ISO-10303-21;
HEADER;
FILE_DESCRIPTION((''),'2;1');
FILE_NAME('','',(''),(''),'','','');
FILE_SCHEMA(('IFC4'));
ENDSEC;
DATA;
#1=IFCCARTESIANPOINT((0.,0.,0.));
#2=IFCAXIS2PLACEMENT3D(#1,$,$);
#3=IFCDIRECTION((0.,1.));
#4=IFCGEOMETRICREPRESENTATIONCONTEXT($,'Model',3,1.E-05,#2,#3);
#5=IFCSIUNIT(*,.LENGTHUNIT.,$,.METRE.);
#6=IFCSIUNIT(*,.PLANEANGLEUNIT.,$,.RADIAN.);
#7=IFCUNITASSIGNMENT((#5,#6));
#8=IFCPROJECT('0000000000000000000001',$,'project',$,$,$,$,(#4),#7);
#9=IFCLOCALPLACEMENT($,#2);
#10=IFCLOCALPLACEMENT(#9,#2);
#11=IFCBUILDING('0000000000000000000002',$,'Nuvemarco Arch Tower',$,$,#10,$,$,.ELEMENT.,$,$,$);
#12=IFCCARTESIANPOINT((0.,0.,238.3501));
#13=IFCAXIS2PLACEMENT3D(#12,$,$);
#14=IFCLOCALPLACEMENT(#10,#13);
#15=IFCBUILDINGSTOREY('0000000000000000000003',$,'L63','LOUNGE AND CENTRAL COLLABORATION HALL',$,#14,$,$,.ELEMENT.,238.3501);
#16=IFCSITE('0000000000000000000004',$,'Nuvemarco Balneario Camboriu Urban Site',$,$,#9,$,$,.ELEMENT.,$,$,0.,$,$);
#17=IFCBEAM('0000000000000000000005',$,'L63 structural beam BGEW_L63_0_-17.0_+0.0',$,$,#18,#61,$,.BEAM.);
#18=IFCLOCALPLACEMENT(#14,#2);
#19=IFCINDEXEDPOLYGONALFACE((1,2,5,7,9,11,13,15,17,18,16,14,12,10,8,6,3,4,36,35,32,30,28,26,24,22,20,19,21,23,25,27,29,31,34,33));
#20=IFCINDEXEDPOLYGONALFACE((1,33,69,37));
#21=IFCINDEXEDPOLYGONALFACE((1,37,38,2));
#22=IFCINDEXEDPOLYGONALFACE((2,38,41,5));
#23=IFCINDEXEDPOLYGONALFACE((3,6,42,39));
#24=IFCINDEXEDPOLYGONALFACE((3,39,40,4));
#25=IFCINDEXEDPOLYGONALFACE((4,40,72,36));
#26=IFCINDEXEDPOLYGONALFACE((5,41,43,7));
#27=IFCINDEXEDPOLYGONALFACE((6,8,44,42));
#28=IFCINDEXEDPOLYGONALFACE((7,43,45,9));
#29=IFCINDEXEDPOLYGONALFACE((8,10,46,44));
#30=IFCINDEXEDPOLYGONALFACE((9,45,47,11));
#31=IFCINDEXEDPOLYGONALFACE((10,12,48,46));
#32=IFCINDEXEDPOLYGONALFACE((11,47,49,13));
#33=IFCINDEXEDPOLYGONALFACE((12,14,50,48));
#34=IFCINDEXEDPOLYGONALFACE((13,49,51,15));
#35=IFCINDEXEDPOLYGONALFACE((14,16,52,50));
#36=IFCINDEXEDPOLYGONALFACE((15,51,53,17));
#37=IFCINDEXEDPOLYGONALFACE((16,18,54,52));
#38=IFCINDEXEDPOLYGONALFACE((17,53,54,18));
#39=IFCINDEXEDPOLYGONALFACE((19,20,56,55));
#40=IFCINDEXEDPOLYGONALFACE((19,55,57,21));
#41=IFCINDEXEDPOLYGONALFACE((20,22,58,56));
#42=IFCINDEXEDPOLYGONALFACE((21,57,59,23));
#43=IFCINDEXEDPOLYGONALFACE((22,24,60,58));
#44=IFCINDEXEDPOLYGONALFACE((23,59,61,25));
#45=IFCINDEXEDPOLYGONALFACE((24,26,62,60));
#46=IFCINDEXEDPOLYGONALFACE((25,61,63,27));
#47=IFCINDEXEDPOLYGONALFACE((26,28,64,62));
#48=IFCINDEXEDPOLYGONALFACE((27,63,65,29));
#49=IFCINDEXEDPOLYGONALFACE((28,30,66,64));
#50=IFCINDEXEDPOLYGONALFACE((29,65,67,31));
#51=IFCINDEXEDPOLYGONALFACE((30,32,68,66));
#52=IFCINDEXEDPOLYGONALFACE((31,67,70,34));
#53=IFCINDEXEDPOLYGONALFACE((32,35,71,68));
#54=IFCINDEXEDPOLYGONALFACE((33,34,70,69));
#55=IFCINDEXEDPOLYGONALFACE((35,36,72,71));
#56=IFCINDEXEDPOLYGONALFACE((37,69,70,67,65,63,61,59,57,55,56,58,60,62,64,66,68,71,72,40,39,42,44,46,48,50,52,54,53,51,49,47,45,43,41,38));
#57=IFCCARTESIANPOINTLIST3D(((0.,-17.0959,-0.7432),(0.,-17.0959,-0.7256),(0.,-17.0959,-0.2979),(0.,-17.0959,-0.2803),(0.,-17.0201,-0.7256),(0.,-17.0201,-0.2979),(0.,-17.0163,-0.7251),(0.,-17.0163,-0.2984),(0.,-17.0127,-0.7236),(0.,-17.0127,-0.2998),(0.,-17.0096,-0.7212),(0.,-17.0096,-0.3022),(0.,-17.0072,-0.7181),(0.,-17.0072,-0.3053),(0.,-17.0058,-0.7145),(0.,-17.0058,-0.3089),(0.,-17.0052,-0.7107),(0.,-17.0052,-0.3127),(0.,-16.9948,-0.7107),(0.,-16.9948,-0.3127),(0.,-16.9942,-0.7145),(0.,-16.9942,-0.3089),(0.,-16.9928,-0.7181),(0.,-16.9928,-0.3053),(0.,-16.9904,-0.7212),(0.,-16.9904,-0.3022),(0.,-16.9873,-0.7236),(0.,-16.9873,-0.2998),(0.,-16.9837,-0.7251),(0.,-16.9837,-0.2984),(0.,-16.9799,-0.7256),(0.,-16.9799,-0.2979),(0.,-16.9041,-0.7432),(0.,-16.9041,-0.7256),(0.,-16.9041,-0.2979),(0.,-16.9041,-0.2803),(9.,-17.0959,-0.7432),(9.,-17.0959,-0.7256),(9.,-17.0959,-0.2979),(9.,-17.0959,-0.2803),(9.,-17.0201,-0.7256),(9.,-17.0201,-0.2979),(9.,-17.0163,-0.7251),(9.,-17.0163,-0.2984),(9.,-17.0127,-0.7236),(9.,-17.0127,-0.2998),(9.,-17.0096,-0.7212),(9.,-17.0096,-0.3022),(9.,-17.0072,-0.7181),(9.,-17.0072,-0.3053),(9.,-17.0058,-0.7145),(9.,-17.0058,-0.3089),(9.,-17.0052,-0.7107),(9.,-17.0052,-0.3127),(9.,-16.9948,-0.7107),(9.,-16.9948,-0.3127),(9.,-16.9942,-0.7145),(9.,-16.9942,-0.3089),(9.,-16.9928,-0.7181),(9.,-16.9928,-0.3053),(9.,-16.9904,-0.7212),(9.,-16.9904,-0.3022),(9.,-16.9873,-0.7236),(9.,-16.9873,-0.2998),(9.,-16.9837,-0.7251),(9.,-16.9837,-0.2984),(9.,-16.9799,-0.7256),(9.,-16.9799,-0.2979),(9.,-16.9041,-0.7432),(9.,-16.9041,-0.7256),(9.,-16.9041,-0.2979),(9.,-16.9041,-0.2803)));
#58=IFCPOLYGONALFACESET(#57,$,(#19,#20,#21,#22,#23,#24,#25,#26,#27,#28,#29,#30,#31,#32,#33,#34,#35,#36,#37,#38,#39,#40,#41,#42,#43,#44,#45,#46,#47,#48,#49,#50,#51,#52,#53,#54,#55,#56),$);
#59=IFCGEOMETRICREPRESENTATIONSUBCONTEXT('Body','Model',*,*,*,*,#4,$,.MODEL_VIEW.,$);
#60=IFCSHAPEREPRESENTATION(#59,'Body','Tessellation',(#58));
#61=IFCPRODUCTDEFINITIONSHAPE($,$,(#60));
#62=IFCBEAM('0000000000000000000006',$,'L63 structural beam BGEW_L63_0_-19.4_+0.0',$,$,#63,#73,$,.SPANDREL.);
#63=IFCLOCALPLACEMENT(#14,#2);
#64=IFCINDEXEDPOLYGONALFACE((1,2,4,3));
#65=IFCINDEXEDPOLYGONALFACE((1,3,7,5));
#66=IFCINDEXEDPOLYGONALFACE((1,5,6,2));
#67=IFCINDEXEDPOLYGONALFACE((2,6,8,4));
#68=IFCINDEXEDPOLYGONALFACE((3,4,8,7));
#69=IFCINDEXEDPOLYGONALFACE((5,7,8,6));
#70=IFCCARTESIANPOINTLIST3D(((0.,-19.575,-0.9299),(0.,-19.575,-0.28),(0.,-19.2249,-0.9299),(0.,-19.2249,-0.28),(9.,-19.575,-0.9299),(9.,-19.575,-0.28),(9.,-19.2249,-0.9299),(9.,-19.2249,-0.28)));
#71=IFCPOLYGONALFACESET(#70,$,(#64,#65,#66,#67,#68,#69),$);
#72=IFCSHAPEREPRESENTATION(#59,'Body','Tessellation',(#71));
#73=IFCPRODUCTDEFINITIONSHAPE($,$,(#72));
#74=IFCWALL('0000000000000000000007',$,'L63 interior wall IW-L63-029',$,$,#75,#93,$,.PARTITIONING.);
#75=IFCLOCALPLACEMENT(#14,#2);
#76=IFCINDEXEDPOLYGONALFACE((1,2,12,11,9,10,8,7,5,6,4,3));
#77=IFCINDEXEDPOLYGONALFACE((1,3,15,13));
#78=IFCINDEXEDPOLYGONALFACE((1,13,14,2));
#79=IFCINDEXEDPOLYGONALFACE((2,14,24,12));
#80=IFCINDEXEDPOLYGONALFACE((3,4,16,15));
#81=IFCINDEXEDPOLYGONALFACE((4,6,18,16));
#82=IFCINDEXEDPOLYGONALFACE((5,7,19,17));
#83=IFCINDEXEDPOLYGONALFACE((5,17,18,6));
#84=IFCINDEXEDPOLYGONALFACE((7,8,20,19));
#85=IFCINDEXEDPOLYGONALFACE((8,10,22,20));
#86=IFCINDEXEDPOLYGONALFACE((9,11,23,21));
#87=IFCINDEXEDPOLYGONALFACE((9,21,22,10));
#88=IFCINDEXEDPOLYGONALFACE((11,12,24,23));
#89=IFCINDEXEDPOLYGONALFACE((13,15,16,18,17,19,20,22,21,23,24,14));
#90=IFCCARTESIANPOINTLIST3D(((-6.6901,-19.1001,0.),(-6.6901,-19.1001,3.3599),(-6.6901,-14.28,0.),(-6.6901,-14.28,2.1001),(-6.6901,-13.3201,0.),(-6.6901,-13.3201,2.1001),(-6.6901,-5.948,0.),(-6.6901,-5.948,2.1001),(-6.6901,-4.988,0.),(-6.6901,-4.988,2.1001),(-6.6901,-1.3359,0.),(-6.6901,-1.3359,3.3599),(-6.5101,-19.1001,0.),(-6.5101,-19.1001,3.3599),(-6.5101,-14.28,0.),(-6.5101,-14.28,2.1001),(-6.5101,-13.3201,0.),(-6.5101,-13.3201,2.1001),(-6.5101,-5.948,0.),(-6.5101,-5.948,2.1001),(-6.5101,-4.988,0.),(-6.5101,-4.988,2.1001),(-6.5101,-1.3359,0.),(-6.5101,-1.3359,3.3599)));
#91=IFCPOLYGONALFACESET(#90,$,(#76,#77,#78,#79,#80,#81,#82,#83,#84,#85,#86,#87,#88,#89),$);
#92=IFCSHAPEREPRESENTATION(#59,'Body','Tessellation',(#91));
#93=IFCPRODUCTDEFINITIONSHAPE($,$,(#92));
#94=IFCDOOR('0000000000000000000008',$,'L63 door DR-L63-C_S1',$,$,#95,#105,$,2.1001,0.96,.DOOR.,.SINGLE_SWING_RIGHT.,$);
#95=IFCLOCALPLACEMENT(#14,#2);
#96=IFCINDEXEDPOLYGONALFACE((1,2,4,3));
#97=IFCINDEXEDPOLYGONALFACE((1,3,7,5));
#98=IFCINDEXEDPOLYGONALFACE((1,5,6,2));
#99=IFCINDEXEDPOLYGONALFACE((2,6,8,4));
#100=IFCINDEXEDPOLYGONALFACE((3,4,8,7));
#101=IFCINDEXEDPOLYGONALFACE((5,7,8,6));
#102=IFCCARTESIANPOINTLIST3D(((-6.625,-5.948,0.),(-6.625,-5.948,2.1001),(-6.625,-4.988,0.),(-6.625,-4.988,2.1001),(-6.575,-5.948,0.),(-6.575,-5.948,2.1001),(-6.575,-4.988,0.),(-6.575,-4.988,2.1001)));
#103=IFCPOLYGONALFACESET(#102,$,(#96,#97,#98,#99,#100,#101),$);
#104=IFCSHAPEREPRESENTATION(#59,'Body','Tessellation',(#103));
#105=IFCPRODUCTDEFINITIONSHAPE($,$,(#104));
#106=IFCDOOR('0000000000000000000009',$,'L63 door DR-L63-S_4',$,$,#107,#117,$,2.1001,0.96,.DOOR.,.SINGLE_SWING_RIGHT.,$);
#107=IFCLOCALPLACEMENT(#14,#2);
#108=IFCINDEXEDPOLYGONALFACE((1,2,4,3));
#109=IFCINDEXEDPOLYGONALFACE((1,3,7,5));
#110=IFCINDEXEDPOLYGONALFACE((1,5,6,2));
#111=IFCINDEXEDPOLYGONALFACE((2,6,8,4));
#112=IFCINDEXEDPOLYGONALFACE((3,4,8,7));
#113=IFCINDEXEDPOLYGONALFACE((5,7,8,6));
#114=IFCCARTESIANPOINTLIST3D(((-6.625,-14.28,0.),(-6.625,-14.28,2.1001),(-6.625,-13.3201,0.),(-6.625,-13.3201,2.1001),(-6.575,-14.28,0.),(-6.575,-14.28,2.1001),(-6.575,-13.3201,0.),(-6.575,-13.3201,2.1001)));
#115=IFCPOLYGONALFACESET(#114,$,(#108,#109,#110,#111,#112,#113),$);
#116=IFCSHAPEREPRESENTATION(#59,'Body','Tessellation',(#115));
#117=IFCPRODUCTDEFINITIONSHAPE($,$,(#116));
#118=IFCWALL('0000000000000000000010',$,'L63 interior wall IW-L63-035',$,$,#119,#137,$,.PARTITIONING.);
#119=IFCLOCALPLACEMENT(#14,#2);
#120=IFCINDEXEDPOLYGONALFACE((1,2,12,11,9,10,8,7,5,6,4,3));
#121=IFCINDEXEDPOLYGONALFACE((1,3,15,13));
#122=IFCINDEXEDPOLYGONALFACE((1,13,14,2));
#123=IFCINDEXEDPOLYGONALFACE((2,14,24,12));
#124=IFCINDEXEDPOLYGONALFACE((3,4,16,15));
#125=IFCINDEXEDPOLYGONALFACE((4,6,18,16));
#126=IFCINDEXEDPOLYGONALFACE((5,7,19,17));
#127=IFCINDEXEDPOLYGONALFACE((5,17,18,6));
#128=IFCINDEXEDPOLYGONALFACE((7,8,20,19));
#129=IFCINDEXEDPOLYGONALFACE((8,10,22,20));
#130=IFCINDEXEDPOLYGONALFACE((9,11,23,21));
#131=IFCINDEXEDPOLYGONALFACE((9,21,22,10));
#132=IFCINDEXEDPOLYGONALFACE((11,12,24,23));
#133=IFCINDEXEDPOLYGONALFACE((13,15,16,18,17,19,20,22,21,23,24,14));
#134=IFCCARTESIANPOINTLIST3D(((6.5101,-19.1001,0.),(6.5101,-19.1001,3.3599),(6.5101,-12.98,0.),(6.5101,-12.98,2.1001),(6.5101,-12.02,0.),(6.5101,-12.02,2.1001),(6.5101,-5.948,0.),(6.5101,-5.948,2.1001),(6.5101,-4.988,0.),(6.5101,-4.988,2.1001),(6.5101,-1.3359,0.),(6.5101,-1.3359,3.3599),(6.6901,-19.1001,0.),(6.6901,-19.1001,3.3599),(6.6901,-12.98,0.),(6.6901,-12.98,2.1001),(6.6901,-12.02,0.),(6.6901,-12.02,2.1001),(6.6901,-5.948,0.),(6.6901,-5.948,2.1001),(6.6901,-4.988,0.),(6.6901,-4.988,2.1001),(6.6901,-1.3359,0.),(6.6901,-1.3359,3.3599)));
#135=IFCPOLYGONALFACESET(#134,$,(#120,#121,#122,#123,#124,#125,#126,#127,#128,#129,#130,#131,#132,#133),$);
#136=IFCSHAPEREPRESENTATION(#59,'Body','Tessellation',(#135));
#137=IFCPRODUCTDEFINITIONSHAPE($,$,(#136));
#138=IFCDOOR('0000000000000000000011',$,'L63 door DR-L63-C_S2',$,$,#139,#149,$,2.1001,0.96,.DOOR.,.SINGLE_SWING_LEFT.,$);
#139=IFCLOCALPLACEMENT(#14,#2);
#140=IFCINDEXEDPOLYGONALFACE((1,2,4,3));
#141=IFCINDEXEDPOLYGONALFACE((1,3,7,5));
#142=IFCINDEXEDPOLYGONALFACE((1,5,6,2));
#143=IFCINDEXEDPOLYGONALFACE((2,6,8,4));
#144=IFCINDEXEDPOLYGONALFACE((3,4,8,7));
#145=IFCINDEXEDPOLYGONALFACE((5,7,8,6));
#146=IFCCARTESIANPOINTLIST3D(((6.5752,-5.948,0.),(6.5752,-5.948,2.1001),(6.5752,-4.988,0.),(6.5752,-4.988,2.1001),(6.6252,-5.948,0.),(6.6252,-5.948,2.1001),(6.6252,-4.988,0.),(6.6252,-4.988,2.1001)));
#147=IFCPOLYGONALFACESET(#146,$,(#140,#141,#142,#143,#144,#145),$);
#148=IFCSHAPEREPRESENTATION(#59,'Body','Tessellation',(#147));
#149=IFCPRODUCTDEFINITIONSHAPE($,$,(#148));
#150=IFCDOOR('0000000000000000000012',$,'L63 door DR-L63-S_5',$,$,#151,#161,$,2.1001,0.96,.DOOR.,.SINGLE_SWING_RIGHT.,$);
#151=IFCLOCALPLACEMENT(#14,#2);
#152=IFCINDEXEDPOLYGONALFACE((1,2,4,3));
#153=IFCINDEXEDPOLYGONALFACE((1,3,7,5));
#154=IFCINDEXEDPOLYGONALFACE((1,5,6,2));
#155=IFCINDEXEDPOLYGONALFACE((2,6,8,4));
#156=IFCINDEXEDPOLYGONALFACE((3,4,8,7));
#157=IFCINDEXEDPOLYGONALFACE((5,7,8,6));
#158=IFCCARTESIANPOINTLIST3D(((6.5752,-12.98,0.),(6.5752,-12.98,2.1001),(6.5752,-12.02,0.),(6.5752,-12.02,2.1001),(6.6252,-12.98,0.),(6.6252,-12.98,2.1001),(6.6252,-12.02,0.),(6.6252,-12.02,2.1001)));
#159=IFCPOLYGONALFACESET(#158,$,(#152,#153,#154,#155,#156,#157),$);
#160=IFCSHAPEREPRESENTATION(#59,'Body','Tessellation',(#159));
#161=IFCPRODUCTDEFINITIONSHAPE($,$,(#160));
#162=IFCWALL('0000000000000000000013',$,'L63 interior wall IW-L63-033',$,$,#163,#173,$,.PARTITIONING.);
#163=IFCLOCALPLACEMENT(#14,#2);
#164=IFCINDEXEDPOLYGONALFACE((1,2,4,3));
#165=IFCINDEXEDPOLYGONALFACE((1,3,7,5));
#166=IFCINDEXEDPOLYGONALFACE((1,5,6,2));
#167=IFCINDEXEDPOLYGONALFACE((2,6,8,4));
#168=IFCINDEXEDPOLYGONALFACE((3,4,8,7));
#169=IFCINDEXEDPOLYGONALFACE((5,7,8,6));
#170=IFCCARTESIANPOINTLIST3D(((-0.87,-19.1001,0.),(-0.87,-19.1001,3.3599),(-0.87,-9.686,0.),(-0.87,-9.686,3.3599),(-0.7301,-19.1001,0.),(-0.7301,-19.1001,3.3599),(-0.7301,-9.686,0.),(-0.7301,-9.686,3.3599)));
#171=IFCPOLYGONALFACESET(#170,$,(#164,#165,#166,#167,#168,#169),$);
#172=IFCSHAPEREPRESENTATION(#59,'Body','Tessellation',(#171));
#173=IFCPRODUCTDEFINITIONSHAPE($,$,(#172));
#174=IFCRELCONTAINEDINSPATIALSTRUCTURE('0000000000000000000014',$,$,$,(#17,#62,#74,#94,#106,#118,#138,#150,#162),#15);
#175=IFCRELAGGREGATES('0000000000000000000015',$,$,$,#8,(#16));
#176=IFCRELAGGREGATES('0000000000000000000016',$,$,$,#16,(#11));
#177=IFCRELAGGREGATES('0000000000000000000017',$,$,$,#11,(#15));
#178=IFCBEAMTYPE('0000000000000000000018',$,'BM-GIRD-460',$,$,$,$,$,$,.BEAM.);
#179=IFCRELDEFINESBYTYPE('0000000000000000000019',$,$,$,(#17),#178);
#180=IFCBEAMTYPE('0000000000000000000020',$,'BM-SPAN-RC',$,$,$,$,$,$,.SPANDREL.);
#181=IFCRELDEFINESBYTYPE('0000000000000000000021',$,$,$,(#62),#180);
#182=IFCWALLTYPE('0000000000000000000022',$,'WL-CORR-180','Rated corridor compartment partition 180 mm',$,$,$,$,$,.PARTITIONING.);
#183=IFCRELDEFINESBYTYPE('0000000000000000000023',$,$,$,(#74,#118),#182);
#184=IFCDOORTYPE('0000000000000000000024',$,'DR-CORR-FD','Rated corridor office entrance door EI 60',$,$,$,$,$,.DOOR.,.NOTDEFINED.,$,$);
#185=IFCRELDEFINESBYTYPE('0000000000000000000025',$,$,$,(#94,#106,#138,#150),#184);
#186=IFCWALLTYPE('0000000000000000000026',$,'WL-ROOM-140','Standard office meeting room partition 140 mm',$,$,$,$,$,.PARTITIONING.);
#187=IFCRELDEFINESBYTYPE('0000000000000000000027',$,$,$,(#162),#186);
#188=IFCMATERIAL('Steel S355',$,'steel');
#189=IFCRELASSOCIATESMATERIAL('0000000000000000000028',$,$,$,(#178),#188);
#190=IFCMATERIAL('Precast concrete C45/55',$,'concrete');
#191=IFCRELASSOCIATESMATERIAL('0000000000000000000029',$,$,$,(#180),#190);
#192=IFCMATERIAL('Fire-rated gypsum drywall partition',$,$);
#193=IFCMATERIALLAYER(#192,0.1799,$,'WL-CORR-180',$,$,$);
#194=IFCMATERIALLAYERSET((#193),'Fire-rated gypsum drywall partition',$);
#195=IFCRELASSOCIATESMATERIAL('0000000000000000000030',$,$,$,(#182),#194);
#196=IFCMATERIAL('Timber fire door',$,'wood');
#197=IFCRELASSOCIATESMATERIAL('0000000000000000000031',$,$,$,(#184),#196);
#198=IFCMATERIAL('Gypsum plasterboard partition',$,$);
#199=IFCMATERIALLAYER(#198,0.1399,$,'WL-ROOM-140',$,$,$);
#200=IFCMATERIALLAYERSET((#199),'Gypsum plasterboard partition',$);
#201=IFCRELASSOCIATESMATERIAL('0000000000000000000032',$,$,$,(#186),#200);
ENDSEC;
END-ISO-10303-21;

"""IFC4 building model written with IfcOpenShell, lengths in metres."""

from ifc_helpers import new_model, si_unit, direction, frame, frame_2d, origin, origin_2d, place, context, subcontext, project, spatial, rectangle, i_section, extrude, source, transform, mapped, material, layer, layer_set, material_profile, profile_set, type_object, type_shapes, element, fill, save


model = new_model("IFC4")

# Units and contexts
model_context = context("Model", 3, precision=1e-05, world=origin(), true_north=direction((0.0, 1.0)))
body_context = subcontext(model_context, "Body", "Model", "MODEL_VIEW")
ifc_project = project(units=[si_unit("LENGTHUNIT", "METRE"), si_unit("PLANEANGLEUNIT", "RADIAN")], contexts=[model_context])

# Site, building, storey
site_placement = place(None, origin())
site = spatial("IfcSite", under=ifc_project, at=site_placement, Name="Nuvemarco Balneario Camboriu Urban Site", CompositionType="ELEMENT", RefElevation=0.0)
building_placement = place(site_placement, origin())
building = spatial("IfcBuilding", under=site, at=building_placement, Name="Nuvemarco Arch Tower", CompositionType="ELEMENT")
storey_placement = place(building_placement, frame((0.0, 0.0, 238.3501)))
storey = spatial("IfcBuildingStorey", under=building, at=storey_placement, Name="L63", Description="LOUNGE AND CENTRAL COLLABORATION HALL", CompositionType="ELEMENT", Elevation=238.3501)

# Shared definitions
ifc_material_1 = material(Name="Steel S355", Category="steel")

# Beams
ifc_material_profile_1 = material_profile(ifc_material_1, i_section(OverallWidth=0.1919, OverallDepth=0.4629, WebThickness=0.0105, FlangeThickness=0.0176, FilletRadius=0.0149, at=origin_2d()), Name="W460x89")
ifc_profile_set_1 = profile_set([ifc_material_profile_1], Name="Steel S355")
beam_type_1 = type_object("IfcBeamType", Name="BM-GIRD-460", PredefinedType="BEAM", material=ifc_profile_set_1)
beam_1_placement = place(storey_placement, frame((0.0, -17.0, -0.5117), z_axis=(1.0, 0.0, 0.0), x_axis=(0.0, 1.0, 0.0)))
element("IfcBeam", 1, at=beam_1_placement, inside=storey, type_object=beam_type_1, Name="L63 structural beam BGEW_L63_0_-17.0_+0.0", PredefinedType="BEAM", context=body_context, shape_type="SweptSolid", body=[
    extrude(i_section(OverallWidth=0.1919, OverallDepth=0.4629, WebThickness=0.0105, FlangeThickness=0.0176, FilletRadius=0.0149, at=origin_2d()), origin(), (0.0, 0.0, 1.0), 9.0),
])
ifc_material_2 = material(Name="Precast concrete C45/55", Category="concrete")
ifc_material_profile_2 = material_profile(ifc_material_2, rectangle(XDim=0.3501, YDim=0.6499, at=origin_2d()), Name="PC-SP-350x650")
ifc_profile_set_2 = profile_set([ifc_material_profile_2], Name="Precast concrete C45/55")
beam_type_2 = type_object("IfcBeamType", Name="BM-SPAN-RC", PredefinedType="SPANDREL", material=ifc_profile_set_2)
beam_2_placement = place(storey_placement, frame((0.0, -19.3999, -0.605), z_axis=(1.0, 0.0, 0.0), x_axis=(0.0, 1.0, 0.0)))
element("IfcBeam", 2, at=beam_2_placement, inside=storey, type_object=beam_type_2, Name="L63 structural beam BGEW_L63_0_-19.4_+0.0", PredefinedType="SPANDREL", context=body_context, shape_type="SweptSolid", body=[
    extrude(rectangle(XDim=0.3501, YDim=0.6499, at=origin_2d()), origin(), (0.0, 0.0, 1.0), 9.0),
])

# Walls, openings, doors
ifc_material_3 = material(Name="Fire-rated gypsum drywall partition")
ifc_layer_1 = layer(ifc_material_3, 0.1799, Name="WL-CORR-180")
ifc_layer_set_1 = layer_set([ifc_layer_1], Name="Fire-rated gypsum drywall partition")
wall_type_1 = type_object("IfcWallType", Name="WL-CORR-180", Description="Rated corridor compartment partition 180 mm", PredefinedType="PARTITIONING", material=ifc_layer_set_1)
wall_1_placement = place(storey_placement, frame((-6.6001, -19.1001, 0.0), z_axis=(0.0, 0.0, 1.0), x_axis=(0.0, 1.0, 0.0)))
wall_1 = element("IfcWall", 3, at=wall_1_placement, inside=storey, type_object=wall_type_1, Name="L63 interior wall IW-L63-029", PredefinedType="PARTITIONING", context=body_context, shape_type="SweptSolid", body=[
    extrude(rectangle(XDim=17.7642, YDim=0.1799, at=frame_2d((8.8821, 0.0))), origin(), (0.0, 0.0, 1.0), 3.3599),
])
opening_1_placement = place(wall_1_placement, frame((13.1521, 0.0, 0.0)))
opening_1 = element("IfcOpeningElement", 4, at=opening_1_placement, cuts=wall_1, PredefinedType="OPENING", context=body_context, shape_type="SweptSolid", body=[
    extrude(rectangle(XDim=0.96, YDim=2.1001, at=frame_2d((0.48, 1.05))), frame((0.0, 0.0999, 0.0), z_axis=(0.0, -1.0, 0.0), x_axis=(1.0, 0.0, 0.0)), (0.0, 0.0, 1.0), 0.2),
])
opening_2_placement = place(wall_1_placement, frame((4.8201, 0.0, 0.0)))
opening_2 = element("IfcOpeningElement", 5, at=opening_2_placement, cuts=wall_1, PredefinedType="OPENING", context=body_context, shape_type="SweptSolid", body=[
    extrude(rectangle(XDim=0.96, YDim=2.1001, at=frame_2d((0.48, 1.05))), frame((0.0, 0.0999, 0.0), z_axis=(0.0, -1.0, 0.0), x_axis=(1.0, 0.0, 0.0)), (0.0, 0.0, 1.0), 0.2),
])
ifc_material_4 = material(Name="Timber fire door", Category="wood")
door_type = type_object("IfcDoorType", Name="DR-CORR-FD", Description="Rated corridor office entrance door EI 60", OperationType="NOTDEFINED", PredefinedType="DOOR", material=ifc_material_4)
shared_shape_1 = source(origin(), body_context, "Body", "SweptSolid", [
    extrude(rectangle(XDim=0.96, YDim=2.1001, at=frame_2d((0.48, 1.05))), frame((0.0, 0.0249, 0.0), z_axis=(0.0, -1.0, 0.0), x_axis=(1.0, 0.0, 0.0)), (0.0, 0.0, 1.0), 0.05),
])
type_shapes(door_type, [shared_shape_1])
door_1_placement = place(opening_1_placement, origin())
door_1 = element("IfcDoor", 6, at=door_1_placement, inside=storey, type_object=door_type, Name="L63 door DR-L63-C_S1", OperationType="SINGLE_SWING_RIGHT", OverallHeight=2.1001, OverallWidth=0.96, PredefinedType="DOOR", context=body_context, shape_type="MappedRepresentation", body=[
    mapped(shared_shape_1, transform((0.0, 0.0, 0.0), scale=1.0)),
])
fill(opening_1, door_1)
door_2_placement = place(opening_2_placement, origin())
door_2 = element("IfcDoor", 7, at=door_2_placement, inside=storey, type_object=door_type, Name="L63 door DR-L63-S_4", OperationType="SINGLE_SWING_RIGHT", OverallHeight=2.1001, OverallWidth=0.96, PredefinedType="DOOR", context=body_context, shape_type="MappedRepresentation", body=[
    mapped(shared_shape_1, transform((0.0, 0.0, 0.0), scale=1.0)),
])
fill(opening_2, door_2)
wall_2_placement = place(storey_placement, frame((6.6001, -19.1001, 0.0), z_axis=(0.0, 0.0, 1.0), x_axis=(0.0, 1.0, 0.0)))
wall_2 = element("IfcWall", 8, at=wall_2_placement, inside=storey, type_object=wall_type_1, Name="L63 interior wall IW-L63-035", PredefinedType="PARTITIONING", context=body_context, shape_type="SweptSolid", body=[
    extrude(rectangle(XDim=17.7642, YDim=0.1799, at=frame_2d((8.8821, 0.0))), origin(), (0.0, 0.0, 1.0), 3.3599),
])
opening_3_placement = place(wall_2_placement, frame((13.1521, 0.0, 0.0)))
opening_3 = element("IfcOpeningElement", 9, at=opening_3_placement, cuts=wall_2, PredefinedType="OPENING", context=body_context, shape_type="SweptSolid", body=[
    extrude(rectangle(XDim=0.96, YDim=2.1001, at=frame_2d((0.48, 1.05))), frame((0.0, 0.0999, 0.0), z_axis=(0.0, -1.0, 0.0), x_axis=(1.0, 0.0, 0.0)), (0.0, 0.0, 1.0), 0.2),
])
opening_4_placement = place(wall_2_placement, frame((6.1201, 0.0, 0.0)))
opening_4 = element("IfcOpeningElement", 10, at=opening_4_placement, cuts=wall_2, PredefinedType="OPENING", context=body_context, shape_type="SweptSolid", body=[
    extrude(rectangle(XDim=0.96, YDim=2.1001, at=frame_2d((0.48, 1.05))), frame((0.0, 0.0999, 0.0), z_axis=(0.0, -1.0, 0.0), x_axis=(1.0, 0.0, 0.0)), (0.0, 0.0, 1.0), 0.2),
])
door_3_placement = place(opening_3_placement, origin())
door_3 = element("IfcDoor", 11, at=door_3_placement, inside=storey, type_object=door_type, Name="L63 door DR-L63-C_S2", OperationType="SINGLE_SWING_LEFT", OverallHeight=2.1001, OverallWidth=0.96, PredefinedType="DOOR", context=body_context, shape_type="MappedRepresentation", body=[
    mapped(shared_shape_1, transform((0.0, 0.0, 0.0), scale=1.0)),
])
fill(opening_3, door_3)
door_4_placement = place(opening_4_placement, origin())
door_4 = element("IfcDoor", 12, at=door_4_placement, inside=storey, type_object=door_type, Name="L63 door DR-L63-S_5", OperationType="SINGLE_SWING_RIGHT", OverallHeight=2.1001, OverallWidth=0.96, PredefinedType="DOOR", context=body_context, shape_type="MappedRepresentation", body=[
    mapped(shared_shape_1, transform((0.0, 0.0, 0.0), scale=1.0)),
])
fill(opening_4, door_4)

# Wall
ifc_material_5 = material(Name="Gypsum plasterboard partition")
ifc_layer_2 = layer(ifc_material_5, 0.1399, Name="WL-ROOM-140")
ifc_layer_set_2 = layer_set([ifc_layer_2], Name="Gypsum plasterboard partition")
wall_type_2 = type_object("IfcWallType", Name="WL-ROOM-140", Description="Standard office meeting room partition 140 mm", PredefinedType="PARTITIONING", material=ifc_layer_set_2)
wall_3_placement = place(storey_placement, frame((-0.8, -19.1001, 0.0), z_axis=(0.0, 0.0, 1.0), x_axis=(0.0, 1.0, 0.0)))
element("IfcWall", 13, at=wall_3_placement, inside=storey, type_object=wall_type_2, Name="L63 interior wall IW-L63-033", PredefinedType="PARTITIONING", context=body_context, shape_type="SweptSolid", body=[
    extrude(rectangle(XDim=9.4141, YDim=0.1399, at=frame_2d((4.707, 0.0))), origin(), (0.0, 0.0, 1.0), 3.3599),
])

save(model, "model.ifc")
